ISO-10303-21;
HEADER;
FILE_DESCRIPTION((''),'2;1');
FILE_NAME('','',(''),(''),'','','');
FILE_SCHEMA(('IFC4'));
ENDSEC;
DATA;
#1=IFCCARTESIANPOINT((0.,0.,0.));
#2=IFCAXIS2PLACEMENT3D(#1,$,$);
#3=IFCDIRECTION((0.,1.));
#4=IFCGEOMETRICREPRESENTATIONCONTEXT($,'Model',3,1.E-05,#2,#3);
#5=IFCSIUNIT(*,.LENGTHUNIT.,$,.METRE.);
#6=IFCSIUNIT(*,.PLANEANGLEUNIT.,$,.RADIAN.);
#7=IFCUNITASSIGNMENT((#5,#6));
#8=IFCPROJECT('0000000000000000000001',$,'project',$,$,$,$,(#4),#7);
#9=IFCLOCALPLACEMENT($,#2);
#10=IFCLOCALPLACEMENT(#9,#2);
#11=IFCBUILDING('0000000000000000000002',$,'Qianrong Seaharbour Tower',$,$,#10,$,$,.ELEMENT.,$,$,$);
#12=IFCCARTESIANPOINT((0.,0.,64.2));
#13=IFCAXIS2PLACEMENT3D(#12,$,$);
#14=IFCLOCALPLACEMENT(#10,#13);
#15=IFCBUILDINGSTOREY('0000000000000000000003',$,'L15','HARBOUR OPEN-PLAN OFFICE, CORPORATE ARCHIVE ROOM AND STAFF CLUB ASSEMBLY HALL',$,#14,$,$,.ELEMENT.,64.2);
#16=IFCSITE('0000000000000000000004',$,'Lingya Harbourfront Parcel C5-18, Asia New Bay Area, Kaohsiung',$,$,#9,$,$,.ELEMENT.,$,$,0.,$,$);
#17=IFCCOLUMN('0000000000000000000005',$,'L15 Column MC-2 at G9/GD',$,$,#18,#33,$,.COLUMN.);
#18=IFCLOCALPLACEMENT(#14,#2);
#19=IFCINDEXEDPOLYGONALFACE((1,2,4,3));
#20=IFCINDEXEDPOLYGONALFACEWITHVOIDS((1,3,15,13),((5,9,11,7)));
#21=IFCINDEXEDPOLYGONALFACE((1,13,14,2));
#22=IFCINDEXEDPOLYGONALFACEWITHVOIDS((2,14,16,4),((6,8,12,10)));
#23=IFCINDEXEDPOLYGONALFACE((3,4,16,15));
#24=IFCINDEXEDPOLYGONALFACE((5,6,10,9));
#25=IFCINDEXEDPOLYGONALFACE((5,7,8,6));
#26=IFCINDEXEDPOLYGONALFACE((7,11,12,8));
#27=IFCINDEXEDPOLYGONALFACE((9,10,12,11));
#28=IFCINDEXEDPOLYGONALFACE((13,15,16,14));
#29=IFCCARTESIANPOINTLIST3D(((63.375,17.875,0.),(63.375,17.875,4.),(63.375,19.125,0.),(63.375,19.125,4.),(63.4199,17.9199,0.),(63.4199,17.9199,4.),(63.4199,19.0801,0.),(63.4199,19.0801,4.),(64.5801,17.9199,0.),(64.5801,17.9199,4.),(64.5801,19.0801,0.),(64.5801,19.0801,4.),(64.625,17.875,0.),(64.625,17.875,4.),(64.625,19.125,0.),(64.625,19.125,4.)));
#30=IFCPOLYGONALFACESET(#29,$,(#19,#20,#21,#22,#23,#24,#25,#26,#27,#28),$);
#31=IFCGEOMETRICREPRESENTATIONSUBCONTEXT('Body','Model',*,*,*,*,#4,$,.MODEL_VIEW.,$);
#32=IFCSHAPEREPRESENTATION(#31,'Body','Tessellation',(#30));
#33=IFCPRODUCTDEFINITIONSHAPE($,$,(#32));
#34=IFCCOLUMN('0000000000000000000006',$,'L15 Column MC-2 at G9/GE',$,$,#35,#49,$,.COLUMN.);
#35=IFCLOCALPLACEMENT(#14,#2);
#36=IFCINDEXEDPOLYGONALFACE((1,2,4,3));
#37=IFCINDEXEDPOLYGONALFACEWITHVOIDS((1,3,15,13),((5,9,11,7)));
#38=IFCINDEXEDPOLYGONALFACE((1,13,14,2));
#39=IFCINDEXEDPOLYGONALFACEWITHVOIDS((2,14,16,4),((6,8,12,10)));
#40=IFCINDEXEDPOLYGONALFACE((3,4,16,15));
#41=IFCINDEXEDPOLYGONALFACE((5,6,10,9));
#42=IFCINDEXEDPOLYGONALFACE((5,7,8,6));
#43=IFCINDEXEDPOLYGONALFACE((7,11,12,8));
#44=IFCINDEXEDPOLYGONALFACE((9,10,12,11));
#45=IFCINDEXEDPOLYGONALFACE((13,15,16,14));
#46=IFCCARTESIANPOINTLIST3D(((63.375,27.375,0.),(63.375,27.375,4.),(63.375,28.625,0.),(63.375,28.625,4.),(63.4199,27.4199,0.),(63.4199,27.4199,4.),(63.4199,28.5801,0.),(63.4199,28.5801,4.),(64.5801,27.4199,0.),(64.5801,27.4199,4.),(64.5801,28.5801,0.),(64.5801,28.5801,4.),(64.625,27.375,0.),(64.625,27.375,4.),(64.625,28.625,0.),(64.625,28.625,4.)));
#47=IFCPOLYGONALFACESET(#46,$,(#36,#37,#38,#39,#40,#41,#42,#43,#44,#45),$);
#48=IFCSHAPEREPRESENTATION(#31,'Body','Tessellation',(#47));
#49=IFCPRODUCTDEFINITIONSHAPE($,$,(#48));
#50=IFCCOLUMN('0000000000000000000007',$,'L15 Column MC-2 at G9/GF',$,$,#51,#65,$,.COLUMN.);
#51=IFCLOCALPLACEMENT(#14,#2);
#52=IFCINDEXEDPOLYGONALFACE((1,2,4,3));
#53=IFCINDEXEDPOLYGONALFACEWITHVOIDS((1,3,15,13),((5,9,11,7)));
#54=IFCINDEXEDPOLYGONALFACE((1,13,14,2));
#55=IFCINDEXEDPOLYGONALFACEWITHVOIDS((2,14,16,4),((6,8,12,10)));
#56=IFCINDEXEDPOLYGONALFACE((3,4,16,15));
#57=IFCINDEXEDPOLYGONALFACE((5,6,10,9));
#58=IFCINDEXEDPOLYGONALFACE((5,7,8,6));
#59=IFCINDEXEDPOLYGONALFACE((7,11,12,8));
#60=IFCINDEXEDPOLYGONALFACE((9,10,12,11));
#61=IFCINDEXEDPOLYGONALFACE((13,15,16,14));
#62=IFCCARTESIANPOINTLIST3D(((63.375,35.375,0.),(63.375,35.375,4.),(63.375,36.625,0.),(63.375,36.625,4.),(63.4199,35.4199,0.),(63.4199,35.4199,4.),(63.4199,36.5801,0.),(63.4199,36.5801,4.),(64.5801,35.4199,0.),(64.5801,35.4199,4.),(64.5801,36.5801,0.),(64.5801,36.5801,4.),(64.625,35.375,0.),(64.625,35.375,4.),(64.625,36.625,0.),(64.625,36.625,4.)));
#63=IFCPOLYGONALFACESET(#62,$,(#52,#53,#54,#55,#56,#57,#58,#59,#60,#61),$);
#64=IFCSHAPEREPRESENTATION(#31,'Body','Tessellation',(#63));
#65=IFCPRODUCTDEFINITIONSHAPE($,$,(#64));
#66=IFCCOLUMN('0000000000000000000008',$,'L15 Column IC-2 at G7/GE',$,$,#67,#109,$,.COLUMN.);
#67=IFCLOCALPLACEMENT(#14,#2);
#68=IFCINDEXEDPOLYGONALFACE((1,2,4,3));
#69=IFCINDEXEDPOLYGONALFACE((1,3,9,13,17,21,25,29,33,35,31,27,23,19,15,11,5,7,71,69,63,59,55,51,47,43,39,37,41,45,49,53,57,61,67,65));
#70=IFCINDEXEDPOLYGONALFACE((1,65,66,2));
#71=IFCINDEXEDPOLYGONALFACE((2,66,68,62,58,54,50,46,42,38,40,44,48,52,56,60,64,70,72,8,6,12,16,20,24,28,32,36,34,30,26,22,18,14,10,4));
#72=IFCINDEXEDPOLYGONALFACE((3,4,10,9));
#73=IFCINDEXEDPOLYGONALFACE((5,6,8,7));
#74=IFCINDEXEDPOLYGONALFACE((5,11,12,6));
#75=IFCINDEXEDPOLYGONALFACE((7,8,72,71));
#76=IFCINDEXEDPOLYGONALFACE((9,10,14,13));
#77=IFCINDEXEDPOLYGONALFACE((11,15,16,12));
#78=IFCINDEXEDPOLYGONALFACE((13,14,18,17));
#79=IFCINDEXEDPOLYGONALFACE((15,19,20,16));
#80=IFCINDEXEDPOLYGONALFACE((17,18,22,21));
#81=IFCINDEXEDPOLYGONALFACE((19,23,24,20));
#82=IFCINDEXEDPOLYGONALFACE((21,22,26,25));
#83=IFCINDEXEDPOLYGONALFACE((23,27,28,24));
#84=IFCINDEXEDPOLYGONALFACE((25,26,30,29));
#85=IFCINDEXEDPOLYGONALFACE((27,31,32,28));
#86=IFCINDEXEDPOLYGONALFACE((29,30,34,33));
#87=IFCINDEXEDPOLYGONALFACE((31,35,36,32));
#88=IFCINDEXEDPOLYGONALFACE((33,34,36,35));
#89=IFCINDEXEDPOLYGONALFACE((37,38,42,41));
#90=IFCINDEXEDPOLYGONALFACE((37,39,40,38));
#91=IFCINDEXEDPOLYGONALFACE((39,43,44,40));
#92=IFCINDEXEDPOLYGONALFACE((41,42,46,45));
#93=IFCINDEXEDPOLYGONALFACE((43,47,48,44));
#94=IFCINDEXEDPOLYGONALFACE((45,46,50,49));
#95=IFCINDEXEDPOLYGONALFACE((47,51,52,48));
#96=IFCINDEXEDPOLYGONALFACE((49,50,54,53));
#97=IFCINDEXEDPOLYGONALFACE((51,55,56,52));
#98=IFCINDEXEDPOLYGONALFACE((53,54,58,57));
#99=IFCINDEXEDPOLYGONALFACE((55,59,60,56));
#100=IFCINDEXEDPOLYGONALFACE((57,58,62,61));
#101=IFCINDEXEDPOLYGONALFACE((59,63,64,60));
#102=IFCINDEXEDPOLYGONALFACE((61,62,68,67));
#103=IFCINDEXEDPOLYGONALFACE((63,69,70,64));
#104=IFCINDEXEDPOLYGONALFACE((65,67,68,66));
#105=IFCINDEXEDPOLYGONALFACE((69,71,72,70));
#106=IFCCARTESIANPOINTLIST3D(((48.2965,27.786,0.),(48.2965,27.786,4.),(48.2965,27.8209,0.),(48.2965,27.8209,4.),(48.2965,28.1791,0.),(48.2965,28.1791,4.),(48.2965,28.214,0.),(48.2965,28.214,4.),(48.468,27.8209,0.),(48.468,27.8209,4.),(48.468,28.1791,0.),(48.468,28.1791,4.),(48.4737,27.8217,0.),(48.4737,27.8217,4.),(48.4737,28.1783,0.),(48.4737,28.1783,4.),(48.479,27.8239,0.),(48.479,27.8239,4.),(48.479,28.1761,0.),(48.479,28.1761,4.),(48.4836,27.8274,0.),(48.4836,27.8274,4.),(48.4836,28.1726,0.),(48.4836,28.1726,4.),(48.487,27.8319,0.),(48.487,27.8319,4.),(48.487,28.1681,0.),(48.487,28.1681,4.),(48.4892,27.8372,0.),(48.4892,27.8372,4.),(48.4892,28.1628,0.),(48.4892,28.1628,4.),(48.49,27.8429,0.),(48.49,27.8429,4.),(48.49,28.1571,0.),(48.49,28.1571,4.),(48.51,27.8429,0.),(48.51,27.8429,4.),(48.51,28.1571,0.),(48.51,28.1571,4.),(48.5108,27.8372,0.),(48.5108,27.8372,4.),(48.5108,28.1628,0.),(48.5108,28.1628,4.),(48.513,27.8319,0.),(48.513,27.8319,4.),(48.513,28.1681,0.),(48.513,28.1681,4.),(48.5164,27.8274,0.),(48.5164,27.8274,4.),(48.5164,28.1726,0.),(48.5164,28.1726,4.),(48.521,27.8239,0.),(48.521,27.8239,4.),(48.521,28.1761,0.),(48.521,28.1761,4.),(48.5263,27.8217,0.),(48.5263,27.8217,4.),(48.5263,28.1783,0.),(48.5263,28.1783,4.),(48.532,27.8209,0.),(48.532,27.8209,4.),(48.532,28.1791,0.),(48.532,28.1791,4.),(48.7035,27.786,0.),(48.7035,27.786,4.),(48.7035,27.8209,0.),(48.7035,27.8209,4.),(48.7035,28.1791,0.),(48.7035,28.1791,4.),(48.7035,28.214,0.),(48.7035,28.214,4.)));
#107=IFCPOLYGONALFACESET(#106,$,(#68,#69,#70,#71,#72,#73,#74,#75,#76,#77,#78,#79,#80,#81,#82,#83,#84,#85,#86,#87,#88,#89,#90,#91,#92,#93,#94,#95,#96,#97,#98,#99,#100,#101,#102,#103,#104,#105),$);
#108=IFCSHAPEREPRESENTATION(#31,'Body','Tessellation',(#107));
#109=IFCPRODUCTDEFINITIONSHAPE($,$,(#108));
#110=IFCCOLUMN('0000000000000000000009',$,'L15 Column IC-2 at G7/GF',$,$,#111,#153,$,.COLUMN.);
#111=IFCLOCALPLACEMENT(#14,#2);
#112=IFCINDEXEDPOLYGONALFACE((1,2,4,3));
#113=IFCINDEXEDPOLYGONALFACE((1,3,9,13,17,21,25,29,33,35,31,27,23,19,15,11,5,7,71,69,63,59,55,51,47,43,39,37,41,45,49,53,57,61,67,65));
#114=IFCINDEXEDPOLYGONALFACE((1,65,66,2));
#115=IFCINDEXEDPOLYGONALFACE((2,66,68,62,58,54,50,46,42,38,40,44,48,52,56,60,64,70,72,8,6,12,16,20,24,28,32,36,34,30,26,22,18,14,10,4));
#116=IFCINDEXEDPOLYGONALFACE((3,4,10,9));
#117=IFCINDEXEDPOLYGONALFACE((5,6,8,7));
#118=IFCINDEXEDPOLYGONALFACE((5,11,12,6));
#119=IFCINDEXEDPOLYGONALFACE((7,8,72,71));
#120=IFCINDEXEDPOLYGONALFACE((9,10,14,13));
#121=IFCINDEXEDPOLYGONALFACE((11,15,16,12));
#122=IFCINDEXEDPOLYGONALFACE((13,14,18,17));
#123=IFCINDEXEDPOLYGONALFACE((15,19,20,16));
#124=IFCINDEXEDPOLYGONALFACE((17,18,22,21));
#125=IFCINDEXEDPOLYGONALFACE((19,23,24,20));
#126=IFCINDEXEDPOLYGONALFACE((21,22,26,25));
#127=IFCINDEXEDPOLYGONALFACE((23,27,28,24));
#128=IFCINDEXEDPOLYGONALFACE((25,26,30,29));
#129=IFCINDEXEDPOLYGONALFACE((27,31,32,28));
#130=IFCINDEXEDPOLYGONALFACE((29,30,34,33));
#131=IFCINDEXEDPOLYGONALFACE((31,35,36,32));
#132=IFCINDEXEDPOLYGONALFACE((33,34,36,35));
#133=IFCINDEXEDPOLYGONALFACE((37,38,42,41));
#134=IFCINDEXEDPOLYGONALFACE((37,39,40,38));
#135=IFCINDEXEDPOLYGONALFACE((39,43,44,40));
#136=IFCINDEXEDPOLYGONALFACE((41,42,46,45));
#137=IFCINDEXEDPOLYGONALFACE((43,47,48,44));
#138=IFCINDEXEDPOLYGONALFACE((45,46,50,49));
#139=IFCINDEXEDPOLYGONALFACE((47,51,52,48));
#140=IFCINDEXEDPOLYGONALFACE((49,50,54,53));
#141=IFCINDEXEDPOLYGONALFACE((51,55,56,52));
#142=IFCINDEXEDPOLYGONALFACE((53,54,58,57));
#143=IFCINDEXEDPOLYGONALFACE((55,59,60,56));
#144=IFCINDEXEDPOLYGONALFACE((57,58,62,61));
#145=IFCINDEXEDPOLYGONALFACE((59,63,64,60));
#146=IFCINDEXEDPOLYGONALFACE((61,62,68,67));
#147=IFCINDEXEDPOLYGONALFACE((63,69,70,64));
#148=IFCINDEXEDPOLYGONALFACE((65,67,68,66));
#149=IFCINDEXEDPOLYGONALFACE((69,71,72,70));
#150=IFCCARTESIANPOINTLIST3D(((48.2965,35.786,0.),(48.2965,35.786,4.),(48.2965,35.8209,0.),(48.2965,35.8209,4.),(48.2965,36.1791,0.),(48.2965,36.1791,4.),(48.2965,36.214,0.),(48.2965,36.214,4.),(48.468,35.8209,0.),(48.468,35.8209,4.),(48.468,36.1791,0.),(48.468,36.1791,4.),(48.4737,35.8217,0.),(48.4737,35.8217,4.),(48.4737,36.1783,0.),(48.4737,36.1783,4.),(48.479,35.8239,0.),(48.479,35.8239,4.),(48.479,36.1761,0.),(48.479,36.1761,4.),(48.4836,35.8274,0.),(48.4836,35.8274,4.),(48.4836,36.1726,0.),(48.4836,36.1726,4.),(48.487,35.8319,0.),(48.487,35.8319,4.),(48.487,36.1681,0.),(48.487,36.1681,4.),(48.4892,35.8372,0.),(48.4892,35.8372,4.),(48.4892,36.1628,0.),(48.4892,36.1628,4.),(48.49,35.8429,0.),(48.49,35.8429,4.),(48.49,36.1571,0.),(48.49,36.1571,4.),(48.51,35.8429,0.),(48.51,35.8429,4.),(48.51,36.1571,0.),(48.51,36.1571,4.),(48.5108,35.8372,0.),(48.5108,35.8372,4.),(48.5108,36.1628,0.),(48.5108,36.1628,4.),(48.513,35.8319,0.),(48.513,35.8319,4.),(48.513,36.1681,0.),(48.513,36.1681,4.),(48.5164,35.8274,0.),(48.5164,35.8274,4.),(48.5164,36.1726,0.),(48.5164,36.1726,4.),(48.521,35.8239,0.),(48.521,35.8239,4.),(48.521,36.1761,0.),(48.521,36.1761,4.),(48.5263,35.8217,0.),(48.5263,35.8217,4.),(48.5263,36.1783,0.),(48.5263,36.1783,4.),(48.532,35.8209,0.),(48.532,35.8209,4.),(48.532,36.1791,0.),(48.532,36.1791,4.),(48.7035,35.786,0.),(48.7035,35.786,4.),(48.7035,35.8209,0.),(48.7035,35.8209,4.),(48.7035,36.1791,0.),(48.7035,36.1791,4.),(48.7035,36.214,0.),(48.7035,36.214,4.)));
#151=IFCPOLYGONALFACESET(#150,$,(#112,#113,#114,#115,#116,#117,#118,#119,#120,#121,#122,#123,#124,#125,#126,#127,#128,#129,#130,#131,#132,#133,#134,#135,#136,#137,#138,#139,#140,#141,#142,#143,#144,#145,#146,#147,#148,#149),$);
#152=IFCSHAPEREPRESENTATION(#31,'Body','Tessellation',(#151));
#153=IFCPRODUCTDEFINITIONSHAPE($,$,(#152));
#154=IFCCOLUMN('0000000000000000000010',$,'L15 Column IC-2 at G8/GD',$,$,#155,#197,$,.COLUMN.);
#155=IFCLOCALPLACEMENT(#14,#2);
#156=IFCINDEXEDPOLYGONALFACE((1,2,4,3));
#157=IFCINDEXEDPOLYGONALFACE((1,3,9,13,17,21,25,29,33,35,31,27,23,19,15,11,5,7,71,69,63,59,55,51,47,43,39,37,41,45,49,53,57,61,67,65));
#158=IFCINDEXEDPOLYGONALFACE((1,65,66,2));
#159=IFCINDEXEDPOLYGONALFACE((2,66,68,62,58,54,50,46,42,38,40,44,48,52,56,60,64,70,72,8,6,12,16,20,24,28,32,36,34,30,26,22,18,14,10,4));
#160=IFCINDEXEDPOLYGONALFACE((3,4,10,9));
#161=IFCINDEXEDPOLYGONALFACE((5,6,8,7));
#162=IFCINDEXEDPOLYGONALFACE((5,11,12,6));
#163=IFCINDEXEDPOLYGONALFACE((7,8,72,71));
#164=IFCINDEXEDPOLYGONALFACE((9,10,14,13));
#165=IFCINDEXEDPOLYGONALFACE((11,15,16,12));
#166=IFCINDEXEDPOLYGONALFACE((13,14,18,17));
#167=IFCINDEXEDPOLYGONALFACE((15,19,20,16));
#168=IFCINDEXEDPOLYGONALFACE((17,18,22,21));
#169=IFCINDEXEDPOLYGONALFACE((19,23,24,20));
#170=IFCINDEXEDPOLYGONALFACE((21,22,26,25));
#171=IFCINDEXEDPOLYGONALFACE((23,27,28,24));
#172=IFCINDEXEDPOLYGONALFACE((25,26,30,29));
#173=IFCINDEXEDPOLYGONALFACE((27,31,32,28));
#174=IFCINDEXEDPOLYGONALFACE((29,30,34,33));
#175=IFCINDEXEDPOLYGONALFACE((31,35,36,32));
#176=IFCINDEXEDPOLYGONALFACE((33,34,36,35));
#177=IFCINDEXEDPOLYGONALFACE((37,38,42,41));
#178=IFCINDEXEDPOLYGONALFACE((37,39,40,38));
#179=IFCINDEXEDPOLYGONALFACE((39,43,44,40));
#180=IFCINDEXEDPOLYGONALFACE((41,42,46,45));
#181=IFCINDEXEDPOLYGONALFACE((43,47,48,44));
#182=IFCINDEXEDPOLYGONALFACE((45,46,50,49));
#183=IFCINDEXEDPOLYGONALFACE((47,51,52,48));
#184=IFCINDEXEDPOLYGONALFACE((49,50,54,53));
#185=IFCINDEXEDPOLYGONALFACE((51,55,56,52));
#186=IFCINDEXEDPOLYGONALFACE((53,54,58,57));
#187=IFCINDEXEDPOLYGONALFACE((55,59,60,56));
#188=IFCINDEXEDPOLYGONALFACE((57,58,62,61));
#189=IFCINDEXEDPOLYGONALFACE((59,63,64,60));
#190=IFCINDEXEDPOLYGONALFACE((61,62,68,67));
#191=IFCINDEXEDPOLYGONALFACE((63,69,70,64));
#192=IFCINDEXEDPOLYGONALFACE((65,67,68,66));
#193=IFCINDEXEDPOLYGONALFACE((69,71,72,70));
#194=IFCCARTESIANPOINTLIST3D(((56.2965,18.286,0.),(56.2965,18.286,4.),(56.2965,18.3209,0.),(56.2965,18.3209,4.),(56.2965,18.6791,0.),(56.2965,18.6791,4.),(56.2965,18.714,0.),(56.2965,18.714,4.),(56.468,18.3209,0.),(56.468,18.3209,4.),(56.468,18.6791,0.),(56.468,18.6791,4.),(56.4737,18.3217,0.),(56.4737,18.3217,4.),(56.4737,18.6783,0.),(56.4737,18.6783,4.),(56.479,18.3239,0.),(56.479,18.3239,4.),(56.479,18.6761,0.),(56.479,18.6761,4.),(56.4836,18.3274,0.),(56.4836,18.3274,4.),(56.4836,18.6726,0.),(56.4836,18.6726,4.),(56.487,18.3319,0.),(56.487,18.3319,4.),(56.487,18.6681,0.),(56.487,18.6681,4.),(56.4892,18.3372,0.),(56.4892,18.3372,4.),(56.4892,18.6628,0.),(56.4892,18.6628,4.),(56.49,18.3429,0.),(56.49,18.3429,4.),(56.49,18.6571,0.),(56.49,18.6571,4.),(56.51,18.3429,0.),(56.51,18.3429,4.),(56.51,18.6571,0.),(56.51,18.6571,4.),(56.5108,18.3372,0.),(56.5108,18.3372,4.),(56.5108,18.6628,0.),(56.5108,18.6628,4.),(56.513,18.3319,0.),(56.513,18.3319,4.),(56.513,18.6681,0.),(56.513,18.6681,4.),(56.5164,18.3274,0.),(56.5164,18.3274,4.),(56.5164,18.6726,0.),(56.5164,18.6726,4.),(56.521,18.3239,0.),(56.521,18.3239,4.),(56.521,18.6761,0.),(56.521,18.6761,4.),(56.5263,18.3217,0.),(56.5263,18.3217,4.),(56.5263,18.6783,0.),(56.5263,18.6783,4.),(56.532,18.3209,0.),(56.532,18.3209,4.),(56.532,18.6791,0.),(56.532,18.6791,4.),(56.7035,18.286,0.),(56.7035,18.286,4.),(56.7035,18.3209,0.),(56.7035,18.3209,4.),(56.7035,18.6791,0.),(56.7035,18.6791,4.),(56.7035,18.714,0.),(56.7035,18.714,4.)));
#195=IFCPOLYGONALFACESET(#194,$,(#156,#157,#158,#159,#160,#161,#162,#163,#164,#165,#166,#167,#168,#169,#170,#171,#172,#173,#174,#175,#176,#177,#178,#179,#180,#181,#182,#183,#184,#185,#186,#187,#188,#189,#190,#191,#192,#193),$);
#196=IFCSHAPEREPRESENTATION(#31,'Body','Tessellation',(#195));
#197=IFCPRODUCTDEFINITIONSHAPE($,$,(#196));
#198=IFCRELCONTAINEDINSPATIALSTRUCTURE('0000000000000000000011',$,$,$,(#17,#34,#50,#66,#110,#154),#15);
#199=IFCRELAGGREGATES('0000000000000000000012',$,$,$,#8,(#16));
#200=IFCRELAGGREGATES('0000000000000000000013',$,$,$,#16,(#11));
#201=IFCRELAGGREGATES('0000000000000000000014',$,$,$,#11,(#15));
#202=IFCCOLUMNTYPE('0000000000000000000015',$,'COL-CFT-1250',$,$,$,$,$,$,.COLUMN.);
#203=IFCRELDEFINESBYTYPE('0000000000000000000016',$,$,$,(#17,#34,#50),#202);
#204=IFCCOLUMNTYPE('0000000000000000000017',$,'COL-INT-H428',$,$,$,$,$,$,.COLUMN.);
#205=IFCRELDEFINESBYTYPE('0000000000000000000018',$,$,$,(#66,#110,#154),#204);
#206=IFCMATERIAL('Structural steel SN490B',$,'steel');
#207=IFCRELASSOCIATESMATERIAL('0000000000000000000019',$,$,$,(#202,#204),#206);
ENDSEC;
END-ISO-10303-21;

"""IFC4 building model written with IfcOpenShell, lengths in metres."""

from ifc_helpers import new_model, si_unit, direction, frame, origin, origin_2d, place, context, subcontext, project, spatial, hollow_rectangle, i_section, extrude, material, material_profile, profile_set, type_object, element, save


model = new_model("IFC4")

# Units and contexts
model_context = context("Model", 3, precision=1e-05, world=origin(), true_north=direction((0.0, 1.0)))
body_context = subcontext(model_context, "Body", "Model", "MODEL_VIEW")
ifc_project = project(units=[si_unit("LENGTHUNIT", "METRE"), si_unit("PLANEANGLEUNIT", "RADIAN")], contexts=[model_context])

# Site, building, storey
site_placement = place(None, origin())
site = spatial("IfcSite", under=ifc_project, at=site_placement, Name="Lingya Harbourfront Parcel C5-18, Asia New Bay Area, Kaohsiung", CompositionType="ELEMENT", RefElevation=0.0)
building_placement = place(site_placement, origin())
building = spatial("IfcBuilding", under=site, at=building_placement, Name="Qianrong Seaharbour Tower", CompositionType="ELEMENT")
storey_placement = place(building_placement, frame((0.0, 0.0, 64.2)))
storey = spatial("IfcBuildingStorey", under=building, at=storey_placement, Name="L15", Description="HARBOUR OPEN-PLAN OFFICE, CORPORATE ARCHIVE ROOM AND STAFF CLUB ASSEMBLY HALL", CompositionType="ELEMENT", Elevation=64.2)

# Columns
ifc_material_1 = material(Name="Structural steel SN490B", Category="steel")
ifc_material_profile_1 = material_profile(ifc_material_1, hollow_rectangle(XDim=1.25, YDim=1.25, WallThickness=0.0449, at=origin_2d()), Name="BOX1250x1250x45")
ifc_profile_set_1 = profile_set([ifc_material_profile_1], Name="Structural steel SN490B")
column_type_1 = type_object("IfcColumnType", Name="COL-CFT-1250", PredefinedType="COLUMN", material=ifc_profile_set_1)
for number, where, z_axis, x_axis, name in (
    (1, (64.0, 18.5, 0.0), (0.0, 0.0, 1.0), (1.0, 0.0, 0.0), "L15 Column MC-2 at G9/GD"),
    (2, (64.0, 28.0, 0.0), (0.0, 0.0, 1.0), (1.0, 0.0, 0.0), "L15 Column MC-2 at G9/GE"),
    (3, (64.0, 36.0, 0.0), (0.0, 0.0, 1.0), (1.0, 0.0, 0.0), "L15 Column MC-2 at G9/GF"),
):
    element("IfcColumn", number, at=place(storey_placement, frame(where, z_axis=z_axis, x_axis=x_axis)), inside=storey, type_object=column_type_1, Name=name, PredefinedType="COLUMN", context=body_context, shape_type="SweptSolid", body=[
        extrude(hollow_rectangle(XDim=1.25, YDim=1.25, WallThickness=0.0449, at=origin_2d()), origin(), (0.0, 0.0, 1.0), 4.0),
    ])
ifc_material_profile_2 = material_profile(ifc_material_1, i_section(OverallWidth=0.407, OverallDepth=0.428, WebThickness=0.02, FlangeThickness=0.0349, FilletRadius=0.022, at=origin_2d()), Name="H428x407x20x35")
ifc_profile_set_2 = profile_set([ifc_material_profile_2], Name="Structural steel SN490B")
column_type_2 = type_object("IfcColumnType", Name="COL-INT-H428", PredefinedType="COLUMN", material=ifc_profile_set_2)
for number, where, z_axis, x_axis, name in (
    (4, (48.5, 28.0, 0.0), (0.0, 0.0, 1.0), (1.0, 0.0, 0.0), "L15 Column IC-2 at G7/GE"),
    (5, (48.5, 36.0, 0.0), (0.0, 0.0, 1.0), (1.0, 0.0, 0.0), "L15 Column IC-2 at G7/GF"),
    (6, (56.5, 18.5, 0.0), (0.0, 0.0, 1.0), (1.0, 0.0, 0.0), "L15 Column IC-2 at G8/GD"),
):
    element("IfcColumn", number, at=place(storey_placement, frame(where, z_axis=z_axis, x_axis=x_axis)), inside=storey, type_object=column_type_2, Name=name, PredefinedType="COLUMN", context=body_context, shape_type="SweptSolid", body=[
        extrude(i_section(OverallWidth=0.407, OverallDepth=0.428, WebThickness=0.02, FlangeThickness=0.0349, FilletRadius=0.022, at=origin_2d()), origin(), (0.0, 0.0, 1.0), 4.0),
    ])

save(model, "model.ifc")
